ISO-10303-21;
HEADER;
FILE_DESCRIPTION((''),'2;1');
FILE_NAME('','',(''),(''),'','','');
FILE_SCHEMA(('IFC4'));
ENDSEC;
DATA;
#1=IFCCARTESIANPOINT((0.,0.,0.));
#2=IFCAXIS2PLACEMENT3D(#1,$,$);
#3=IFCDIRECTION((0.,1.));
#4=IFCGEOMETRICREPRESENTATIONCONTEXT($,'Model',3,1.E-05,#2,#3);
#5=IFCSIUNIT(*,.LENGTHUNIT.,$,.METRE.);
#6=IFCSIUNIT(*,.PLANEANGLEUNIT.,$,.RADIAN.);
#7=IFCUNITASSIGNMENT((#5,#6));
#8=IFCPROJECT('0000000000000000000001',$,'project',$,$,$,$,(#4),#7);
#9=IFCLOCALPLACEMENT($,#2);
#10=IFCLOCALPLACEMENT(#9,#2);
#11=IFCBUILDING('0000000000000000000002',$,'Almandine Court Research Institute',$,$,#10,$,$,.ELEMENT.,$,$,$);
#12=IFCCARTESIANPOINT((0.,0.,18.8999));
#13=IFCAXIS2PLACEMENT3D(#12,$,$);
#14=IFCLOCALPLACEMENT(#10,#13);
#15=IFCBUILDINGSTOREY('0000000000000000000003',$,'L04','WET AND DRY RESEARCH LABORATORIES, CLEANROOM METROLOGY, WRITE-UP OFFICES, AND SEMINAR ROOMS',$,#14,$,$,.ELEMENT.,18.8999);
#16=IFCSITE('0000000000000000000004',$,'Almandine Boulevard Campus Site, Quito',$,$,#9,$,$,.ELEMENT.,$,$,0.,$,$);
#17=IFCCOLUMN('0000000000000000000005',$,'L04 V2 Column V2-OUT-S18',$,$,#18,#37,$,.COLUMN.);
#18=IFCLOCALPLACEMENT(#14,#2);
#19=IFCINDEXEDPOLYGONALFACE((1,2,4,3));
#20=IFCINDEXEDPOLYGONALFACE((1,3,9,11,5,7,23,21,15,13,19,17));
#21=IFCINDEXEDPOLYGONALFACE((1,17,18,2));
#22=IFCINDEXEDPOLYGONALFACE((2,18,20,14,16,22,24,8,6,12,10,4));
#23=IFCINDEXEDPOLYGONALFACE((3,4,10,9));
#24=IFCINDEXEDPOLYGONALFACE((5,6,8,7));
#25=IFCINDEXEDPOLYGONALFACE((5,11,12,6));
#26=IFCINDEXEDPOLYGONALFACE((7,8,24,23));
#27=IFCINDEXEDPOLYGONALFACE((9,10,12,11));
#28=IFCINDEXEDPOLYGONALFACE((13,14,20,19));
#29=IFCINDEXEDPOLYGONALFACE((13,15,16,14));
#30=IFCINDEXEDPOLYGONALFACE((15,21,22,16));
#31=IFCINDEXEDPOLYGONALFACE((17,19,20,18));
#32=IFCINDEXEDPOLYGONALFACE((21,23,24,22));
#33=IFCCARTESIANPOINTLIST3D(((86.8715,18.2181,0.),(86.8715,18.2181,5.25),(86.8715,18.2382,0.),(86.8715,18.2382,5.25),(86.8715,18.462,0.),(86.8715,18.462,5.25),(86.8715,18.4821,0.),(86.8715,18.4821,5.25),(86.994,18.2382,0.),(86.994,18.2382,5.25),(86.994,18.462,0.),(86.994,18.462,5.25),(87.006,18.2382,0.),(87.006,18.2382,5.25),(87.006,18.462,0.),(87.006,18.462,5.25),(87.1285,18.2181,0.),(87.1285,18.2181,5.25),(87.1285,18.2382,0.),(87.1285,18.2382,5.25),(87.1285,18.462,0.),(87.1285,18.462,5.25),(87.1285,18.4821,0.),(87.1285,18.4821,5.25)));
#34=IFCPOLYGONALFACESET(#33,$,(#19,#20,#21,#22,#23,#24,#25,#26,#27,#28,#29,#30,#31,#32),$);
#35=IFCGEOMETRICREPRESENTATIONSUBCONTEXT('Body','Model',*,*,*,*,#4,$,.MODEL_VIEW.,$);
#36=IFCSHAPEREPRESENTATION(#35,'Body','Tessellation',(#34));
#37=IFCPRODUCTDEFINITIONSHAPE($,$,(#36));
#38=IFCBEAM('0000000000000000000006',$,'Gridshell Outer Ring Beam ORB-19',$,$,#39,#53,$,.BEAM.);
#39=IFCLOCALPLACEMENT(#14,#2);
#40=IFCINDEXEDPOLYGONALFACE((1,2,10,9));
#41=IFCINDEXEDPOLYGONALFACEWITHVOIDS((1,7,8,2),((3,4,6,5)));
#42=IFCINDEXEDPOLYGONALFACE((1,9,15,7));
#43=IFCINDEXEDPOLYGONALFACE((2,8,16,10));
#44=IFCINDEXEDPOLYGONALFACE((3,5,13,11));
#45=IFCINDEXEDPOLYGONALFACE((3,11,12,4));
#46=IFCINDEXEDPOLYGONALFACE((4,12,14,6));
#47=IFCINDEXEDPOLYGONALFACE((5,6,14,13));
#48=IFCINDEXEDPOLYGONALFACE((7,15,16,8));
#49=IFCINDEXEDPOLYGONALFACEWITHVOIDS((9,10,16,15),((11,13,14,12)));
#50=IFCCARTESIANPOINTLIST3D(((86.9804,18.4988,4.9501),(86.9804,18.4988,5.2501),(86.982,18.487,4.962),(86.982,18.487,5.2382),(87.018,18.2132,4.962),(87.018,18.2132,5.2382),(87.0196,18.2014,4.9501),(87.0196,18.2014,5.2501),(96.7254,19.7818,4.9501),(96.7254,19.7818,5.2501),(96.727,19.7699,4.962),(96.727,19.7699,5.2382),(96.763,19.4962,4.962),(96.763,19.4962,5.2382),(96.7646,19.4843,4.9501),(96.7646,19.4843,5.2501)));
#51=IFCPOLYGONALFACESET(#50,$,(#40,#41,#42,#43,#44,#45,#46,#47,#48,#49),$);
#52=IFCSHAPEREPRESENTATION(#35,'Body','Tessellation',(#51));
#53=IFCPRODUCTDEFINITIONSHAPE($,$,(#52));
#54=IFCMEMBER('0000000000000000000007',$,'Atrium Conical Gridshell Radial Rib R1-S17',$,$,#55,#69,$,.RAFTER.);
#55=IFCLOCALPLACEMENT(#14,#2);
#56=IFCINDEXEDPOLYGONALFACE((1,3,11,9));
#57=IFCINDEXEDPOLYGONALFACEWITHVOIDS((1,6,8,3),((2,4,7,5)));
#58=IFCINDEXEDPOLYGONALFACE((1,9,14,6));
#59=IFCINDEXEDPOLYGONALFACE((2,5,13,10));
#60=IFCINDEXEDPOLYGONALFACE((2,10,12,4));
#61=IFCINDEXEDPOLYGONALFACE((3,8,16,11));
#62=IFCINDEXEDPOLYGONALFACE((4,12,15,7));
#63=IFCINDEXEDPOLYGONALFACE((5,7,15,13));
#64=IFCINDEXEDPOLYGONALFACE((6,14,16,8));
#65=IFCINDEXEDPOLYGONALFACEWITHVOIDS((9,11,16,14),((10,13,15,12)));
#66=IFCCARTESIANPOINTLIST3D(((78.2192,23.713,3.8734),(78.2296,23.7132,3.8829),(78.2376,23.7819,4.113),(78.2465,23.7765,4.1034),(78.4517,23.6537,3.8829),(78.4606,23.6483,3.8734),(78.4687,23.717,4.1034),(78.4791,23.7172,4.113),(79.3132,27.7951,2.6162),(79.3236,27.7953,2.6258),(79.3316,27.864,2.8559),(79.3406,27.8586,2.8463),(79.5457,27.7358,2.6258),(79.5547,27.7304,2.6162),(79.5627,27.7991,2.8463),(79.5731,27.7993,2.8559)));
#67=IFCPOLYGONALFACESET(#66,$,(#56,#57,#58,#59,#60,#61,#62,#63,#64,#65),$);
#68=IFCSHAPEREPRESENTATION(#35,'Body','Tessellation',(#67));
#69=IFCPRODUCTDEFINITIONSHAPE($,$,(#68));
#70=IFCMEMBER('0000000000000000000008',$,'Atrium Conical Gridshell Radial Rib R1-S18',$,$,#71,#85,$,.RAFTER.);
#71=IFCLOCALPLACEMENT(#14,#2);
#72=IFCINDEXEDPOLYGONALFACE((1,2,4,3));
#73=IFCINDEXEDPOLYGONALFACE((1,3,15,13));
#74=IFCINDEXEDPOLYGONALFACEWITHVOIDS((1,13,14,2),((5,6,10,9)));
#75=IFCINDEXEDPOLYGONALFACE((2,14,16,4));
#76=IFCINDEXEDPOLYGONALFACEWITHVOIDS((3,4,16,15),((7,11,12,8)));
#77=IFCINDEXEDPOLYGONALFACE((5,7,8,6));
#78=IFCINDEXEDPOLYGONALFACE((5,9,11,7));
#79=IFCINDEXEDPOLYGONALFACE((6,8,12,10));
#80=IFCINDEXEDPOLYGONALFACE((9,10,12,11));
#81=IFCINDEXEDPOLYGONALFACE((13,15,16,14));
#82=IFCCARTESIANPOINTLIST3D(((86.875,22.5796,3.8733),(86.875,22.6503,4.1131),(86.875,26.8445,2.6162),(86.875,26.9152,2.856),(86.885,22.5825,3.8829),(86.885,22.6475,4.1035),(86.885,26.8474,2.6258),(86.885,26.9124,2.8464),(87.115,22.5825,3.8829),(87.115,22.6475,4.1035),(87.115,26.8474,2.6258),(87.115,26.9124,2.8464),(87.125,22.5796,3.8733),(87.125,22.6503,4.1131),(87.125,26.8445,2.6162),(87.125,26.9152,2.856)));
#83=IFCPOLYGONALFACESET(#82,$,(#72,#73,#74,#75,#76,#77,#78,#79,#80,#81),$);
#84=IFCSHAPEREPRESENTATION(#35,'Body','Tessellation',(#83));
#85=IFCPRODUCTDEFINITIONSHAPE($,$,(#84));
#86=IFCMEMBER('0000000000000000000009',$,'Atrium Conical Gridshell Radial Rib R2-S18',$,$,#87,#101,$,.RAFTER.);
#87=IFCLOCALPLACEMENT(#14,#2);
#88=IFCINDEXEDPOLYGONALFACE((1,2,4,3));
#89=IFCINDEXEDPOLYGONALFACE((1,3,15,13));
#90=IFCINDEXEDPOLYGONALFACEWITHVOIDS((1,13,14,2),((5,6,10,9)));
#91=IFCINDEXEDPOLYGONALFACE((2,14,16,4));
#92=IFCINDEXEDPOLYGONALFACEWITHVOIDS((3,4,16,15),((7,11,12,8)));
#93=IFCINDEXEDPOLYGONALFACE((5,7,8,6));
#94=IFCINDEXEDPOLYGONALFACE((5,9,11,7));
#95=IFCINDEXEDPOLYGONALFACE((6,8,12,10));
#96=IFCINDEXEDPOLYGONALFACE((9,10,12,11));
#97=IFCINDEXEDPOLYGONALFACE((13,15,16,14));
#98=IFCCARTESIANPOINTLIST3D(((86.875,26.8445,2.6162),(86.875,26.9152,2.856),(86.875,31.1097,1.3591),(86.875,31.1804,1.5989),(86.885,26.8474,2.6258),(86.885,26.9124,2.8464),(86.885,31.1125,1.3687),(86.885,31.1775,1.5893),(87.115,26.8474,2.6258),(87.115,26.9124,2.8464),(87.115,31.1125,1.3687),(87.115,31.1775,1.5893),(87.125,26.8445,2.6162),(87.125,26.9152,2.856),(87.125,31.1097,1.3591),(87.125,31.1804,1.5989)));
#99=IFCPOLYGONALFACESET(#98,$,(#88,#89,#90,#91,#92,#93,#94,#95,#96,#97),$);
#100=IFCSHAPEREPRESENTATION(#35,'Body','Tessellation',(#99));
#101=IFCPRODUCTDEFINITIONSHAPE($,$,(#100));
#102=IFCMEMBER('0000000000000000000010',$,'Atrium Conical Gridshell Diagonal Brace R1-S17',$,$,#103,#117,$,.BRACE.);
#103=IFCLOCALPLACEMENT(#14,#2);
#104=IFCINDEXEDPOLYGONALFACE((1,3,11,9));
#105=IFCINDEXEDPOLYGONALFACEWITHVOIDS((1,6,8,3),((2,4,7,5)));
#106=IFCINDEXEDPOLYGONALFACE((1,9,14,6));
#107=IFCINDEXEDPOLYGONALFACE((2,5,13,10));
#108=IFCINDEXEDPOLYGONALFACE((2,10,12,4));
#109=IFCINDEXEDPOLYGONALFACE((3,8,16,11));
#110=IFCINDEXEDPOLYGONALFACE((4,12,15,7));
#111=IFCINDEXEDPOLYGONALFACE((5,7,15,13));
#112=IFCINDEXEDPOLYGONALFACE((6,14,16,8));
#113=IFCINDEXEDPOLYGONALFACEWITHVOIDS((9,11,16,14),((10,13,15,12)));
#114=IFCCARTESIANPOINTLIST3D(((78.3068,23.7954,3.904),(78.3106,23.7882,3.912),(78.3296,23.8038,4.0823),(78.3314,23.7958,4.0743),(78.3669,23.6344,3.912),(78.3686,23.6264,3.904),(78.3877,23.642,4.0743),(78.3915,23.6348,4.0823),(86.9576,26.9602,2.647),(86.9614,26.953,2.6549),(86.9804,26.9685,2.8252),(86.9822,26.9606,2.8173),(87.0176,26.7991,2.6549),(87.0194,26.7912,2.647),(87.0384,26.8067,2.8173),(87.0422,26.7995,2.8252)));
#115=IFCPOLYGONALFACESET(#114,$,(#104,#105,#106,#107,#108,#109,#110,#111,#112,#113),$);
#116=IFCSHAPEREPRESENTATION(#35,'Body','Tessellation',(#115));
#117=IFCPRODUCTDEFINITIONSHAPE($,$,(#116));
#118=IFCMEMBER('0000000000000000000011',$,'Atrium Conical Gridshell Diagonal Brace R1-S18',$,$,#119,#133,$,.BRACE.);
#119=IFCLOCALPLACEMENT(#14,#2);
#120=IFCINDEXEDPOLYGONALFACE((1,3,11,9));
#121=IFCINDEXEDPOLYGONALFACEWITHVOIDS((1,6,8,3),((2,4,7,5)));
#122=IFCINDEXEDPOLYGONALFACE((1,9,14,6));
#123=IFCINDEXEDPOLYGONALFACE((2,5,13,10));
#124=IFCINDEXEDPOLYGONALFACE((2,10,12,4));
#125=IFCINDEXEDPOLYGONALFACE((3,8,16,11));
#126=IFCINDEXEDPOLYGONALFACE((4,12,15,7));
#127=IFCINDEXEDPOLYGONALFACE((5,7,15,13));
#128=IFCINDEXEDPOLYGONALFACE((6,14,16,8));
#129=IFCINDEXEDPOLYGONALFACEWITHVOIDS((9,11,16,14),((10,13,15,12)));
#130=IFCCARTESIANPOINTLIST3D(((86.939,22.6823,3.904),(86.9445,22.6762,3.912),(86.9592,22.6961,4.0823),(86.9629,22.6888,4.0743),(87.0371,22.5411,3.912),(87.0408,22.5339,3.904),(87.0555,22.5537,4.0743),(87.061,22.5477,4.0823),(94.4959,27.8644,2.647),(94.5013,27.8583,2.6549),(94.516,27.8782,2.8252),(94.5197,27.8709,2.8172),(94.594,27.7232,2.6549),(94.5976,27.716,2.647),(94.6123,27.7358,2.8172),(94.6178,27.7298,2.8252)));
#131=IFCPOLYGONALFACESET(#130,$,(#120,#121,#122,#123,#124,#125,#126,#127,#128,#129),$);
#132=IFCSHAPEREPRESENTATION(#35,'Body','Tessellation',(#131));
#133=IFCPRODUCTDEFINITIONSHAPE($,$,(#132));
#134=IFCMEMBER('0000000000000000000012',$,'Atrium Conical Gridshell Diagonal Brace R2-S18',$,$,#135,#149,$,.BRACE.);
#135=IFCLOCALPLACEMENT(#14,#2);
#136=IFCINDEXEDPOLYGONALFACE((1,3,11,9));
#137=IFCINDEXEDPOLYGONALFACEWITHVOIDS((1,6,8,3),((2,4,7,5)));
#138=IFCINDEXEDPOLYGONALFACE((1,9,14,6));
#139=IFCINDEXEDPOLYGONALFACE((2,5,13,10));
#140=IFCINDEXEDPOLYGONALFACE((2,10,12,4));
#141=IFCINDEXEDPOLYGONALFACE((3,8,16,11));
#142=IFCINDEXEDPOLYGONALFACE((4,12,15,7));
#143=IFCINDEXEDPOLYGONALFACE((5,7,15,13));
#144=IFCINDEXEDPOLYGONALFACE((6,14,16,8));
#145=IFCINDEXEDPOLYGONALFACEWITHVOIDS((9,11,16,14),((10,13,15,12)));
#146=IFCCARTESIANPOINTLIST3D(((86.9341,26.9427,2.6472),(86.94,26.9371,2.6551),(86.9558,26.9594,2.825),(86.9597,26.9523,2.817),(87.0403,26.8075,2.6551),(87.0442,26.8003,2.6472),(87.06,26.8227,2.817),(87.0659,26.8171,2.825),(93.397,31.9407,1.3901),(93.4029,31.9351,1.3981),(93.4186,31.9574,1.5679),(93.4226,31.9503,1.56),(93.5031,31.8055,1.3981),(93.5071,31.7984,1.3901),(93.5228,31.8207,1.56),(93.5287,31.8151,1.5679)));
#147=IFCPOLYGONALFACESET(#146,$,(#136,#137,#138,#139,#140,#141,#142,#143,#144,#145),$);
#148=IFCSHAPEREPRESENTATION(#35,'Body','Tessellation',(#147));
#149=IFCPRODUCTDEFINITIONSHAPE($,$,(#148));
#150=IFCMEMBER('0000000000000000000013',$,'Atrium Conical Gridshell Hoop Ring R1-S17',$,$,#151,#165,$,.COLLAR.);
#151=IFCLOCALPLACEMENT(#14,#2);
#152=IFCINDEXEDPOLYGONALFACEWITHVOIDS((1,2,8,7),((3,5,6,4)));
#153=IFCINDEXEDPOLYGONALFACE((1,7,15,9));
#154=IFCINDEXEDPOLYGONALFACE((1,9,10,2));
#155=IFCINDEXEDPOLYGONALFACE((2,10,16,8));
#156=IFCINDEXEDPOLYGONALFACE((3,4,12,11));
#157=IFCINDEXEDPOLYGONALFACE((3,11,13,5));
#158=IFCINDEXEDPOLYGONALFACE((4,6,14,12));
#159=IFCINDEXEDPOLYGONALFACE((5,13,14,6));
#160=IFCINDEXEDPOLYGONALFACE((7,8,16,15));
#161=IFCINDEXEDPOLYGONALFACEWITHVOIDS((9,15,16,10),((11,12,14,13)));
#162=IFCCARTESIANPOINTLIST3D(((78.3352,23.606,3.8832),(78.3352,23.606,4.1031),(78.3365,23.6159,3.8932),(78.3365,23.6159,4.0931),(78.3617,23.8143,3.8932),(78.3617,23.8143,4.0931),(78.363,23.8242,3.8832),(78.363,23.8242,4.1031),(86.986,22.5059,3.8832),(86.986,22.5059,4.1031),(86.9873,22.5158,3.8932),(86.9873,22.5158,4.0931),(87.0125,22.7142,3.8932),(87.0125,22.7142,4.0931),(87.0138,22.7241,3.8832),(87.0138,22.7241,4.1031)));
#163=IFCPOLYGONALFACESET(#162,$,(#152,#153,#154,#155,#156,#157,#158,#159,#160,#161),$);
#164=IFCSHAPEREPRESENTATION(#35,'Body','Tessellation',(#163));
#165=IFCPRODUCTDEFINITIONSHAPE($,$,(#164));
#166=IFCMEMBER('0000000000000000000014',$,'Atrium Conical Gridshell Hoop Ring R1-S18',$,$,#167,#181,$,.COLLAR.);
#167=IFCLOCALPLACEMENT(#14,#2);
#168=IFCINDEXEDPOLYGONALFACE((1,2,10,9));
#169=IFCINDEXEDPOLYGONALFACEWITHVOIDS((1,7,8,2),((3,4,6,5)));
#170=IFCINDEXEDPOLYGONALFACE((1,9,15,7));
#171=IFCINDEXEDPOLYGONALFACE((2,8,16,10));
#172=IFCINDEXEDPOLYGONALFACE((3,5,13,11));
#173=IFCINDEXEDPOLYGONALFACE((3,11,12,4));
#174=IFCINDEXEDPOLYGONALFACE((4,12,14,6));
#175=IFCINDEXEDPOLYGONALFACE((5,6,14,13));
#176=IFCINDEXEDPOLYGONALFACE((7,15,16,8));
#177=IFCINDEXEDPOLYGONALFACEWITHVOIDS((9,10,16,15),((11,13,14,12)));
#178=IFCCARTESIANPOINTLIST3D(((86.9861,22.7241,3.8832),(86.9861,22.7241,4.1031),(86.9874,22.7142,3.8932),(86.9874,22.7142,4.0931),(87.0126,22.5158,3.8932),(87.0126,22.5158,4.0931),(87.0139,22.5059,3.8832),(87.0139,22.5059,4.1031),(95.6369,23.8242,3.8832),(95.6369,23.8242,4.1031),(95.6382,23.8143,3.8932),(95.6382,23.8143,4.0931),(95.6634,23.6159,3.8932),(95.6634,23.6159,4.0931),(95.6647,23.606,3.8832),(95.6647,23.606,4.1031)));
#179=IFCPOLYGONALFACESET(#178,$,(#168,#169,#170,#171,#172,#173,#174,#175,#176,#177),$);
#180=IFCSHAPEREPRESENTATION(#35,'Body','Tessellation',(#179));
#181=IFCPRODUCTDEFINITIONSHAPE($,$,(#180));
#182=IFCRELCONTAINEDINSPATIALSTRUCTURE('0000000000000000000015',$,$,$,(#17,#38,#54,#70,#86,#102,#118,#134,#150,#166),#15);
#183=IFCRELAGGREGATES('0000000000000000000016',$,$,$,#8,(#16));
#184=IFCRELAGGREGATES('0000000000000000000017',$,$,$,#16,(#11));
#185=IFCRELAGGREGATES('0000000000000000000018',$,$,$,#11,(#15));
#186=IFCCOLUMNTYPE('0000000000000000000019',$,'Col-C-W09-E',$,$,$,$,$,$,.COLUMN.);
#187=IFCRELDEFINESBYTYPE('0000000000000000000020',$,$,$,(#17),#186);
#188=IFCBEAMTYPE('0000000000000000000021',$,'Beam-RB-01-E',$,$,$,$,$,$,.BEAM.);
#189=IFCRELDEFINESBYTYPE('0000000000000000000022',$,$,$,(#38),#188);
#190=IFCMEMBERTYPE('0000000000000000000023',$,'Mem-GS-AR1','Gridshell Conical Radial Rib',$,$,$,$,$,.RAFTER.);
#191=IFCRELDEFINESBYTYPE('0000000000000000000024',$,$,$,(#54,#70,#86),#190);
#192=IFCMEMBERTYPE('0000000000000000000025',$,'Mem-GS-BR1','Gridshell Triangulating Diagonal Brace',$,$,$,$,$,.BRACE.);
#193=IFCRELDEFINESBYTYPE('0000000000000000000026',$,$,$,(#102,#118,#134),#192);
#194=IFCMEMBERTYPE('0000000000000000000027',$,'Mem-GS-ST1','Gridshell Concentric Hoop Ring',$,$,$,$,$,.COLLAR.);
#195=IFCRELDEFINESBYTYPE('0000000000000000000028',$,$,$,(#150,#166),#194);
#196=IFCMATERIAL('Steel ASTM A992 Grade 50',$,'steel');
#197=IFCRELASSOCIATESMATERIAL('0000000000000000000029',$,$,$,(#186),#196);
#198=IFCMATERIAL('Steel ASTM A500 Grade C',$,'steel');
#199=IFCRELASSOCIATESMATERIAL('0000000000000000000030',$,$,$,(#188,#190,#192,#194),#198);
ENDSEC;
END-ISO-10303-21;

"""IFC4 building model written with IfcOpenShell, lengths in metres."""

from ifc_helpers import new_model, si_unit, direction, frame, origin, origin_2d, place, context, subcontext, project, spatial, hollow_rectangle, i_section, extrude, material, material_profile, profile_set, type_object, element, save


model = new_model("IFC4")

# Units and contexts
model_context = context("Model", 3, precision=1e-05, world=origin(), true_north=direction((0.0, 1.0)))
body_context = subcontext(model_context, "Body", "Model", "MODEL_VIEW")
ifc_project = project(units=[si_unit("LENGTHUNIT", "METRE"), si_unit("PLANEANGLEUNIT", "RADIAN")], contexts=[model_context])

# Site, building, storey
site_placement = place(None, origin())
site = spatial("IfcSite", under=ifc_project, at=site_placement, Name="Almandine Boulevard Campus Site, Quito", CompositionType="ELEMENT", RefElevation=0.0)
building_placement = place(site_placement, origin())
building = spatial("IfcBuilding", under=site, at=building_placement, Name="Almandine Court Research Institute", CompositionType="ELEMENT")
storey_placement = place(building_placement, frame((0.0, 0.0, 18.8999)))
storey = spatial("IfcBuildingStorey", under=building, at=storey_placement, Name="L04", Description="WET AND DRY RESEARCH LABORATORIES, CLEANROOM METROLOGY, WRITE-UP OFFICES, AND SEMINAR ROOMS", CompositionType="ELEMENT", Elevation=18.8999)

# Column
ifc_material_1 = material(Name="Steel ASTM A992 Grade 50", Category="steel")
ifc_material_profile_1 = material_profile(ifc_material_1, i_section(OverallWidth=0.2571, OverallDepth=0.2639, WebThickness=0.012, FlangeThickness=0.02, at=origin_2d()), Name="W250x101")
ifc_profile_set_1 = profile_set([ifc_material_profile_1], Name="Steel ASTM A992 Grade 50")
column_type = type_object("IfcColumnType", Name="Col-C-W09-E", PredefinedType="COLUMN", material=ifc_profile_set_1)
column_placement = place(storey_placement, frame((87.0, 18.3501, 0.0), z_axis=(0.0, 0.0, 1.0), x_axis=(1.0, 0.0, 0.0)))
element("IfcColumn", 1, at=column_placement, inside=storey, type_object=column_type, Name="L04 V2 Column V2-OUT-S18", PredefinedType="COLUMN", context=body_context, shape_type="SweptSolid", body=[
    extrude(i_section(OverallWidth=0.2571, OverallDepth=0.2639, WebThickness=0.012, FlangeThickness=0.02, at=origin_2d()), origin(), (0.0, 0.0, 1.0), 5.25),
])

# Beam
ifc_material_2 = material(Name="Steel ASTM A500 Grade C", Category="steel")
ifc_material_profile_2 = material_profile(ifc_material_2, hollow_rectangle(XDim=0.3, YDim=0.3, WallThickness=0.012, at=origin_2d()), Name="HSS 300x300x12")
ifc_profile_set_2 = profile_set([ifc_material_profile_2], Name="Steel ASTM A500 Grade C")
beam_type = type_object("IfcBeamType", Name="Beam-RB-01-E", PredefinedType="BEAM", material=ifc_profile_set_2)
beam_placement = place(storey_placement, frame((87.0, 18.3501, 5.1001), z_axis=(0.991445, 0.130525, 0.0), x_axis=(-0.130525, 0.991445, 0.0)))
element("IfcBeam", 2, at=beam_placement, inside=storey, type_object=beam_type, Name="Gridshell Outer Ring Beam ORB-19", PredefinedType="BEAM", context=body_context, shape_type="SweptSolid", body=[
    extrude(hollow_rectangle(XDim=0.3, YDim=0.3, WallThickness=0.012, at=origin_2d()), origin(), (0.0, 0.0, 1.0), 9.8291),
])

# Members
ifc_material_profile_3 = material_profile(ifc_material_2, hollow_rectangle(XDim=0.25, YDim=0.25, WallThickness=0.01, at=origin_2d()), Name="HSS 250x250x10")
ifc_profile_set_3 = profile_set([ifc_material_profile_3], Name="Steel ASTM A500 Grade C")
member_type_1 = type_object("IfcMemberType", Name="Mem-GS-AR1", Description="Gridshell Conical Radial Rib", PredefinedType="RAFTER", material=ifc_profile_set_3)
member_1_placement = place(storey_placement, frame((78.3491, 23.7151, 3.9932), z_axis=(0.248123, 0.925822, -0.285111), x_axis=(-0.965913, 0.258867, 0.0)))
element("IfcMember", 3, at=member_1_placement, inside=storey, type_object=member_type_1, Name="Atrium Conical Gridshell Radial Rib R1-S17", PredefinedType="RAFTER", context=body_context, shape_type="SweptSolid", body=[
    extrude(hollow_rectangle(XDim=0.25, YDim=0.25, WallThickness=0.01, at=origin_2d()), origin(), (0.0, 0.0, 1.0), 4.4092),
])
member_2_placement = place(storey_placement, frame((87.0, 22.615, 3.9932), z_axis=(0.0, 0.959201, -0.282725), x_axis=(-1.0, 0.0, 0.0)))
element("IfcMember", 4, at=member_2_placement, inside=storey, type_object=member_type_1, Name="Atrium Conical Gridshell Radial Rib R1-S18", PredefinedType="RAFTER", context=body_context, shape_type="SweptSolid", body=[
    extrude(hollow_rectangle(XDim=0.25, YDim=0.25, WallThickness=0.01, at=origin_2d()), origin(), (0.0, 0.0, 1.0), 4.4463),
])
member_3_placement = place(storey_placement, frame((87.0, 26.8799, 2.7361), z_axis=(0.0, 0.959205, -0.28271), x_axis=(-1.0, 0.0, 0.0)))
element("IfcMember", 5, at=member_3_placement, inside=storey, type_object=member_type_1, Name="Atrium Conical Gridshell Radial Rib R2-S18", PredefinedType="RAFTER", context=body_context, shape_type="SweptSolid", body=[
    extrude(hollow_rectangle(XDim=0.25, YDim=0.25, WallThickness=0.01, at=origin_2d()), origin(), (0.0, 0.0, 1.0), 4.4465),
])
ifc_material_profile_4 = material_profile(ifc_material_2, hollow_rectangle(XDim=0.1799, YDim=0.1799, WallThickness=0.0081, at=origin_2d()), Name="HSS 180x180x8")
ifc_profile_set_4 = profile_set([ifc_material_profile_4], Name="Steel ASTM A500 Grade C")
member_type_2 = type_object("IfcMemberType", Name="Mem-GS-BR1", Description="Gridshell Triangulating Diagonal Brace", PredefinedType="BRACE", material=ifc_profile_set_4)
member_4_placement = place(storey_placement, frame((78.3491, 23.7151, 3.9932), z_axis=(0.930504, 0.340411, -0.135214), x_axis=(-0.343566, 0.939128, 0.0)))
element("IfcMember", 6, at=member_4_placement, inside=storey, type_object=member_type_2, Name="Atrium Conical Gridshell Diagonal Brace R1-S17", PredefinedType="BRACE", context=body_context, shape_type="SweptSolid", body=[
    extrude(hollow_rectangle(XDim=0.1799, YDim=0.1799, WallThickness=0.0081, at=origin_2d()), origin(), (0.0, 0.0, 1.0), 9.2969),
])
member_5_placement = place(storey_placement, frame((87.0, 22.615, 3.9932), z_axis=(0.817062, 0.5603, -0.135917), x_axis=(-0.565548, 0.824715, 0.0)))
element("IfcMember", 7, at=member_5_placement, inside=storey, type_object=member_type_2, Name="Atrium Conical Gridshell Diagonal Brace R1-S18", PredefinedType="BRACE", context=body_context, shape_type="SweptSolid", body=[
    extrude(hollow_rectangle(XDim=0.1799, YDim=0.1799, WallThickness=0.0081, at=origin_2d()), origin(), (0.0, 0.0, 1.0), 9.2488),
])
member_6_placement = place(storey_placement, frame((87.0, 26.8799, 2.7361), z_axis=(0.781848, 0.604638, -0.152075), x_axis=(-0.611754, 0.791048, 0.0)))
element("IfcMember", 8, at=member_6_placement, inside=storey, type_object=member_type_2, Name="Atrium Conical Gridshell Diagonal Brace R2-S18", PredefinedType="BRACE", context=body_context, shape_type="SweptSolid", body=[
    extrude(hollow_rectangle(XDim=0.1799, YDim=0.1799, WallThickness=0.0081, at=origin_2d()), origin(), (0.0, 0.0, 1.0), 8.2661),
])
ifc_material_profile_5 = material_profile(ifc_material_2, hollow_rectangle(XDim=0.22, YDim=0.22, WallThickness=0.01, at=origin_2d()), Name="HSS 220x220x10")
ifc_profile_set_5 = profile_set([ifc_material_profile_5], Name="Steel ASTM A500 Grade C")
member_type_3 = type_object("IfcMemberType", Name="Mem-GS-ST1", Description="Gridshell Concentric Hoop Ring", PredefinedType="COLLAR", material=ifc_profile_set_5)
for number, where, z_axis, x_axis, name in (
    (9, (78.3491, 23.7151, 3.9932), (0.992011, -0.12615, 0.0), (0.12615, 0.992011, 0.0), "Atrium Conical Gridshell Hoop Ring R1-S17"),
    (10, (87.0, 22.615, 3.9932), (0.992011, 0.12615, 0.0), (-0.12615, 0.992011, 0.0), "Atrium Conical Gridshell Hoop Ring R1-S18"),
):
    element("IfcMember", number, at=place(storey_placement, frame(where, z_axis=z_axis, x_axis=x_axis)), inside=storey, type_object=member_type_3, Name=name, PredefinedType="COLLAR", context=body_context, shape_type="SweptSolid", body=[
        extrude(hollow_rectangle(XDim=0.22, YDim=0.22, WallThickness=0.01, at=origin_2d()), origin(), (0.0, 0.0, 1.0), 8.7205),
    ])

save(model, "model.ifc")
